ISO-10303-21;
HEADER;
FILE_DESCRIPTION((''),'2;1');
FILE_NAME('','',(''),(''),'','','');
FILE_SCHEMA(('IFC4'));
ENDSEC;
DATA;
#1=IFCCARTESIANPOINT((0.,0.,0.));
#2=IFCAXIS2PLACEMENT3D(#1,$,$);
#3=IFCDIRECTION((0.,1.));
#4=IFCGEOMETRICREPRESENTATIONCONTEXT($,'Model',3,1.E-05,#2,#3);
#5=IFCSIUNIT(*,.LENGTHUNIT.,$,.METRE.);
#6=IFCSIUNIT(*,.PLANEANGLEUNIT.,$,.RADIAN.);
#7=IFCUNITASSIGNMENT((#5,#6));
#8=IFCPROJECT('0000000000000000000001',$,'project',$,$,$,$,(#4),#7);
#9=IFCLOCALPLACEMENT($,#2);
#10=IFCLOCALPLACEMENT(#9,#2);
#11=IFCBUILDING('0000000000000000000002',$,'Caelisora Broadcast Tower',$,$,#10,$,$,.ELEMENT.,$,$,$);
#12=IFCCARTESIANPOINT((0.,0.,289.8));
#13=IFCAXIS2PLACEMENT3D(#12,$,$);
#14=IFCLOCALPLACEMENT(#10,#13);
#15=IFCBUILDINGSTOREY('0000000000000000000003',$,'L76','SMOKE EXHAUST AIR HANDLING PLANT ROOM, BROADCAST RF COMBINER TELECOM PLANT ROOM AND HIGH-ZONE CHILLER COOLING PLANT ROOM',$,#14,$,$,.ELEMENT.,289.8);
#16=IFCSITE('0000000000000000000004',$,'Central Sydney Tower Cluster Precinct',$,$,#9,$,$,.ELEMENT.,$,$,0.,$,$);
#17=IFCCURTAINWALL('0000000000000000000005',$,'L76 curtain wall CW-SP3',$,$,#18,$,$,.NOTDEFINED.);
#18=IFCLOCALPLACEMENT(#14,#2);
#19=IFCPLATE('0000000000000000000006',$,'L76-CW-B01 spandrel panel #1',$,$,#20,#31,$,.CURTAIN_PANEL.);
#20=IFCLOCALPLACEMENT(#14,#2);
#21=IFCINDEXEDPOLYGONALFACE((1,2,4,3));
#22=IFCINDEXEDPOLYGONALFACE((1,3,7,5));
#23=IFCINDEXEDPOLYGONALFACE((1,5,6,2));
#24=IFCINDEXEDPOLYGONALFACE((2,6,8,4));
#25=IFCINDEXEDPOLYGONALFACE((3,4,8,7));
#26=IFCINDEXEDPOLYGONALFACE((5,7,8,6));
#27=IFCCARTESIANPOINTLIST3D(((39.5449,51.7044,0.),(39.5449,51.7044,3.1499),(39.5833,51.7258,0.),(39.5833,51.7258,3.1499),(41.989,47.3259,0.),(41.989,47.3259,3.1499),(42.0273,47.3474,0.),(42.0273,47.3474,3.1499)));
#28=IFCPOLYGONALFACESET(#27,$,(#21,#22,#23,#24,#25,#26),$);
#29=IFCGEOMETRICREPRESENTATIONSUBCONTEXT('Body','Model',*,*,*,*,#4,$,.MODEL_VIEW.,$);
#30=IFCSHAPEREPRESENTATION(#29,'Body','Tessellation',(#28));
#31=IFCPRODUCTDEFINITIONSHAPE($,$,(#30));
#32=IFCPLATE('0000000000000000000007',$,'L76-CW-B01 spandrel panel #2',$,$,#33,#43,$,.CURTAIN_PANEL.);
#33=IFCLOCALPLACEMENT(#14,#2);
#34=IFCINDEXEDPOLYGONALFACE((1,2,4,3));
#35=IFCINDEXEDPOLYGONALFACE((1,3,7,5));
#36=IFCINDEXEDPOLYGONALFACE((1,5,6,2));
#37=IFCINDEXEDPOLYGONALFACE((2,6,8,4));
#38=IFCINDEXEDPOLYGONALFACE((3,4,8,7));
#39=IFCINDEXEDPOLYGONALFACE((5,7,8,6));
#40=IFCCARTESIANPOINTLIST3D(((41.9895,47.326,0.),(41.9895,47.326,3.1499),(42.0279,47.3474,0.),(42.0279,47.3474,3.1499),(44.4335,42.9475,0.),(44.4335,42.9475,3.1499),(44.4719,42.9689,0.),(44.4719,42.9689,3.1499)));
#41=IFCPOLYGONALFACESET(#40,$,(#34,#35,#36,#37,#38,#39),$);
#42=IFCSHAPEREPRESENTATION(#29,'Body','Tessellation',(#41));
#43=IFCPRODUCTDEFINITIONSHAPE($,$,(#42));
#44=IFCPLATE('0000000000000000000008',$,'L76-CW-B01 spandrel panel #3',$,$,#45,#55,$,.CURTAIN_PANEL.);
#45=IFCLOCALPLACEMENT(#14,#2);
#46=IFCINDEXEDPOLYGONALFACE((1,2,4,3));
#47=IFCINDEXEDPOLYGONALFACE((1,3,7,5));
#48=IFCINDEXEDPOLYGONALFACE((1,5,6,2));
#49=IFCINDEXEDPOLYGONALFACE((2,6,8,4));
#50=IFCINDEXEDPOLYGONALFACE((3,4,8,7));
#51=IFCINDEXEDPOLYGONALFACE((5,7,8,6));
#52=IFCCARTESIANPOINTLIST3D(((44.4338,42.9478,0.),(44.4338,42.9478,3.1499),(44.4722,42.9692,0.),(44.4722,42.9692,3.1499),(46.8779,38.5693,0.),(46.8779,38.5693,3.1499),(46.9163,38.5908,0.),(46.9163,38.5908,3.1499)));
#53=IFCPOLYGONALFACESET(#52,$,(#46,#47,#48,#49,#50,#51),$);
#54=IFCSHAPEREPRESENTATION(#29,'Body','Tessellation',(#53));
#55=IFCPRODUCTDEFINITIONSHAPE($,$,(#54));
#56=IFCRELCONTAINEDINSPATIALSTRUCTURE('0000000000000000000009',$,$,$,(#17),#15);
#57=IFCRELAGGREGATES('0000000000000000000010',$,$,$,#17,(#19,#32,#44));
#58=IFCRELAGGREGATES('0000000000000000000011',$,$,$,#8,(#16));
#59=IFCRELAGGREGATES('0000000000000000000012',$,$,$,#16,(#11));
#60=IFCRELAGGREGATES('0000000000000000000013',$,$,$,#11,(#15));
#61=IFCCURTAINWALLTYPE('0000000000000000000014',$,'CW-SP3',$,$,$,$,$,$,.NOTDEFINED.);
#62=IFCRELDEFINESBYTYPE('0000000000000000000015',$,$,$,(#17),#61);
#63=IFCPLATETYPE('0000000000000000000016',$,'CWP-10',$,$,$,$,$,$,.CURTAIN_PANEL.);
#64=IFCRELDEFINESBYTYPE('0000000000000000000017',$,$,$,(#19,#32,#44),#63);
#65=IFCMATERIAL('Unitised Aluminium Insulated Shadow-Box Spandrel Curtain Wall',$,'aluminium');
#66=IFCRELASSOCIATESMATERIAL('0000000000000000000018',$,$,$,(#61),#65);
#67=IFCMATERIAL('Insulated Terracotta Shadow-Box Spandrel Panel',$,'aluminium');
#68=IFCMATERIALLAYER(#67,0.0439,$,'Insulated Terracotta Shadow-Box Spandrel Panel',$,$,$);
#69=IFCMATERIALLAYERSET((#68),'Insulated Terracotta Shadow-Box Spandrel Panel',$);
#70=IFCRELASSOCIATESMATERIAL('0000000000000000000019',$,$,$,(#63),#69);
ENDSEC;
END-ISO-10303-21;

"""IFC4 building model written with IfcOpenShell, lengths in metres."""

from ifc_helpers import new_model, si_unit, direction, frame, origin, origin_2d, place, context, subcontext, project, spatial, rectangle, extrude, source, transform, mapped, material, layer, layer_set, type_object, type_shapes, element, aggregate, save


model = new_model("IFC4")

# Units and contexts
model_context = context("Model", 3, precision=1e-05, world=origin(), true_north=direction((0.0, 1.0)))
body_context = subcontext(model_context, "Body", "Model", "MODEL_VIEW")
ifc_project = project(units=[si_unit("LENGTHUNIT", "METRE"), si_unit("PLANEANGLEUNIT", "RADIAN")], contexts=[model_context])

# Site, building, storey
site_placement = place(None, origin())
site = spatial("IfcSite", under=ifc_project, at=site_placement, Name="Central Sydney Tower Cluster Precinct", CompositionType="ELEMENT", RefElevation=0.0)
building_placement = place(site_placement, origin())
building = spatial("IfcBuilding", under=site, at=building_placement, Name="Caelisora Broadcast Tower", CompositionType="ELEMENT")
storey_placement = place(building_placement, frame((0.0, 0.0, 289.8)))
storey = spatial("IfcBuildingStorey", under=building, at=storey_placement, Name="L76", Description="SMOKE EXHAUST AIR HANDLING PLANT ROOM, BROADCAST RF COMBINER TELECOM PLANT ROOM AND HIGH-ZONE CHILLER COOLING PLANT ROOM", CompositionType="ELEMENT", Elevation=289.8)

# Curtain wall, plates
ifc_material_1 = material(Name="Unitised Aluminium Insulated Shadow-Box Spandrel Curtain Wall", Category="aluminium")
curtain_wall_type = type_object("IfcCurtainWallType", Name="CW-SP3", PredefinedType="NOTDEFINED", material=ifc_material_1)
curtain_wall_placement = place(storey_placement, origin())
curtain_wall = element("IfcCurtainWall", 1, at=curtain_wall_placement, inside=storey, type_object=curtain_wall_type, Name="L76 curtain wall CW-SP3", PredefinedType="NOTDEFINED")
ifc_material_2 = material(Name="Insulated Terracotta Shadow-Box Spandrel Panel", Category="aluminium")
ifc_layer_1 = layer(ifc_material_2, 0.0439, Name="Insulated Terracotta Shadow-Box Spandrel Panel")
ifc_layer_set_1 = layer_set([ifc_layer_1], Name="Insulated Terracotta Shadow-Box Spandrel Panel")
plate_type = type_object("IfcPlateType", Name="CWP-10", PredefinedType="CURTAIN_PANEL", material=ifc_layer_set_1)
shared_shape_1 = source(origin(), body_context, "Body", "SweptSolid", [
    extrude(rectangle(XDim=5.0144, YDim=0.0439, at=origin_2d()), origin(), (0.0, 0.0, 1.0), 3.1499),
])
type_shapes(plate_type, [shared_shape_1])
plate_1_placement = place(storey_placement, frame((40.7861, 49.5259, 0.0), z_axis=(0.0, 0.0, 1.0), x_axis=(0.487403, -0.873177, 0.0)))
plate_1 = element("IfcPlate", 2, at=plate_1_placement, type_object=plate_type, Name="L76-CW-B01 spandrel panel #1", PredefinedType="CURTAIN_PANEL", context=body_context, shape_type="MappedRepresentation", body=[
    mapped(shared_shape_1, transform((0.0, 0.0, 0.0), scale=1.0)),
])
plate_2_placement = place(storey_placement, frame((43.2307, 45.1475, 0.0), z_axis=(0.0, 0.0, 1.0), x_axis=(0.487403, -0.873177, 0.0)))
plate_2 = element("IfcPlate", 3, at=plate_2_placement, type_object=plate_type, Name="L76-CW-B01 spandrel panel #2", PredefinedType="CURTAIN_PANEL", context=body_context, shape_type="MappedRepresentation", body=[
    mapped(shared_shape_1, transform((0.0, 0.0, 0.0), scale=1.0)),
])
plate_3_placement = place(storey_placement, frame((45.675, 40.7693, 0.0), z_axis=(0.0, 0.0, 1.0), x_axis=(0.487403, -0.873177, 0.0)))
plate_3 = element("IfcPlate", 4, at=plate_3_placement, type_object=plate_type, Name="L76-CW-B01 spandrel panel #3", PredefinedType="CURTAIN_PANEL", context=body_context, shape_type="MappedRepresentation", body=[
    mapped(shared_shape_1, transform((0.0, 0.0, 0.0), scale=1.0)),
])
aggregate(curtain_wall, [plate_1, plate_2, plate_3])

save(model, "model.ifc")
